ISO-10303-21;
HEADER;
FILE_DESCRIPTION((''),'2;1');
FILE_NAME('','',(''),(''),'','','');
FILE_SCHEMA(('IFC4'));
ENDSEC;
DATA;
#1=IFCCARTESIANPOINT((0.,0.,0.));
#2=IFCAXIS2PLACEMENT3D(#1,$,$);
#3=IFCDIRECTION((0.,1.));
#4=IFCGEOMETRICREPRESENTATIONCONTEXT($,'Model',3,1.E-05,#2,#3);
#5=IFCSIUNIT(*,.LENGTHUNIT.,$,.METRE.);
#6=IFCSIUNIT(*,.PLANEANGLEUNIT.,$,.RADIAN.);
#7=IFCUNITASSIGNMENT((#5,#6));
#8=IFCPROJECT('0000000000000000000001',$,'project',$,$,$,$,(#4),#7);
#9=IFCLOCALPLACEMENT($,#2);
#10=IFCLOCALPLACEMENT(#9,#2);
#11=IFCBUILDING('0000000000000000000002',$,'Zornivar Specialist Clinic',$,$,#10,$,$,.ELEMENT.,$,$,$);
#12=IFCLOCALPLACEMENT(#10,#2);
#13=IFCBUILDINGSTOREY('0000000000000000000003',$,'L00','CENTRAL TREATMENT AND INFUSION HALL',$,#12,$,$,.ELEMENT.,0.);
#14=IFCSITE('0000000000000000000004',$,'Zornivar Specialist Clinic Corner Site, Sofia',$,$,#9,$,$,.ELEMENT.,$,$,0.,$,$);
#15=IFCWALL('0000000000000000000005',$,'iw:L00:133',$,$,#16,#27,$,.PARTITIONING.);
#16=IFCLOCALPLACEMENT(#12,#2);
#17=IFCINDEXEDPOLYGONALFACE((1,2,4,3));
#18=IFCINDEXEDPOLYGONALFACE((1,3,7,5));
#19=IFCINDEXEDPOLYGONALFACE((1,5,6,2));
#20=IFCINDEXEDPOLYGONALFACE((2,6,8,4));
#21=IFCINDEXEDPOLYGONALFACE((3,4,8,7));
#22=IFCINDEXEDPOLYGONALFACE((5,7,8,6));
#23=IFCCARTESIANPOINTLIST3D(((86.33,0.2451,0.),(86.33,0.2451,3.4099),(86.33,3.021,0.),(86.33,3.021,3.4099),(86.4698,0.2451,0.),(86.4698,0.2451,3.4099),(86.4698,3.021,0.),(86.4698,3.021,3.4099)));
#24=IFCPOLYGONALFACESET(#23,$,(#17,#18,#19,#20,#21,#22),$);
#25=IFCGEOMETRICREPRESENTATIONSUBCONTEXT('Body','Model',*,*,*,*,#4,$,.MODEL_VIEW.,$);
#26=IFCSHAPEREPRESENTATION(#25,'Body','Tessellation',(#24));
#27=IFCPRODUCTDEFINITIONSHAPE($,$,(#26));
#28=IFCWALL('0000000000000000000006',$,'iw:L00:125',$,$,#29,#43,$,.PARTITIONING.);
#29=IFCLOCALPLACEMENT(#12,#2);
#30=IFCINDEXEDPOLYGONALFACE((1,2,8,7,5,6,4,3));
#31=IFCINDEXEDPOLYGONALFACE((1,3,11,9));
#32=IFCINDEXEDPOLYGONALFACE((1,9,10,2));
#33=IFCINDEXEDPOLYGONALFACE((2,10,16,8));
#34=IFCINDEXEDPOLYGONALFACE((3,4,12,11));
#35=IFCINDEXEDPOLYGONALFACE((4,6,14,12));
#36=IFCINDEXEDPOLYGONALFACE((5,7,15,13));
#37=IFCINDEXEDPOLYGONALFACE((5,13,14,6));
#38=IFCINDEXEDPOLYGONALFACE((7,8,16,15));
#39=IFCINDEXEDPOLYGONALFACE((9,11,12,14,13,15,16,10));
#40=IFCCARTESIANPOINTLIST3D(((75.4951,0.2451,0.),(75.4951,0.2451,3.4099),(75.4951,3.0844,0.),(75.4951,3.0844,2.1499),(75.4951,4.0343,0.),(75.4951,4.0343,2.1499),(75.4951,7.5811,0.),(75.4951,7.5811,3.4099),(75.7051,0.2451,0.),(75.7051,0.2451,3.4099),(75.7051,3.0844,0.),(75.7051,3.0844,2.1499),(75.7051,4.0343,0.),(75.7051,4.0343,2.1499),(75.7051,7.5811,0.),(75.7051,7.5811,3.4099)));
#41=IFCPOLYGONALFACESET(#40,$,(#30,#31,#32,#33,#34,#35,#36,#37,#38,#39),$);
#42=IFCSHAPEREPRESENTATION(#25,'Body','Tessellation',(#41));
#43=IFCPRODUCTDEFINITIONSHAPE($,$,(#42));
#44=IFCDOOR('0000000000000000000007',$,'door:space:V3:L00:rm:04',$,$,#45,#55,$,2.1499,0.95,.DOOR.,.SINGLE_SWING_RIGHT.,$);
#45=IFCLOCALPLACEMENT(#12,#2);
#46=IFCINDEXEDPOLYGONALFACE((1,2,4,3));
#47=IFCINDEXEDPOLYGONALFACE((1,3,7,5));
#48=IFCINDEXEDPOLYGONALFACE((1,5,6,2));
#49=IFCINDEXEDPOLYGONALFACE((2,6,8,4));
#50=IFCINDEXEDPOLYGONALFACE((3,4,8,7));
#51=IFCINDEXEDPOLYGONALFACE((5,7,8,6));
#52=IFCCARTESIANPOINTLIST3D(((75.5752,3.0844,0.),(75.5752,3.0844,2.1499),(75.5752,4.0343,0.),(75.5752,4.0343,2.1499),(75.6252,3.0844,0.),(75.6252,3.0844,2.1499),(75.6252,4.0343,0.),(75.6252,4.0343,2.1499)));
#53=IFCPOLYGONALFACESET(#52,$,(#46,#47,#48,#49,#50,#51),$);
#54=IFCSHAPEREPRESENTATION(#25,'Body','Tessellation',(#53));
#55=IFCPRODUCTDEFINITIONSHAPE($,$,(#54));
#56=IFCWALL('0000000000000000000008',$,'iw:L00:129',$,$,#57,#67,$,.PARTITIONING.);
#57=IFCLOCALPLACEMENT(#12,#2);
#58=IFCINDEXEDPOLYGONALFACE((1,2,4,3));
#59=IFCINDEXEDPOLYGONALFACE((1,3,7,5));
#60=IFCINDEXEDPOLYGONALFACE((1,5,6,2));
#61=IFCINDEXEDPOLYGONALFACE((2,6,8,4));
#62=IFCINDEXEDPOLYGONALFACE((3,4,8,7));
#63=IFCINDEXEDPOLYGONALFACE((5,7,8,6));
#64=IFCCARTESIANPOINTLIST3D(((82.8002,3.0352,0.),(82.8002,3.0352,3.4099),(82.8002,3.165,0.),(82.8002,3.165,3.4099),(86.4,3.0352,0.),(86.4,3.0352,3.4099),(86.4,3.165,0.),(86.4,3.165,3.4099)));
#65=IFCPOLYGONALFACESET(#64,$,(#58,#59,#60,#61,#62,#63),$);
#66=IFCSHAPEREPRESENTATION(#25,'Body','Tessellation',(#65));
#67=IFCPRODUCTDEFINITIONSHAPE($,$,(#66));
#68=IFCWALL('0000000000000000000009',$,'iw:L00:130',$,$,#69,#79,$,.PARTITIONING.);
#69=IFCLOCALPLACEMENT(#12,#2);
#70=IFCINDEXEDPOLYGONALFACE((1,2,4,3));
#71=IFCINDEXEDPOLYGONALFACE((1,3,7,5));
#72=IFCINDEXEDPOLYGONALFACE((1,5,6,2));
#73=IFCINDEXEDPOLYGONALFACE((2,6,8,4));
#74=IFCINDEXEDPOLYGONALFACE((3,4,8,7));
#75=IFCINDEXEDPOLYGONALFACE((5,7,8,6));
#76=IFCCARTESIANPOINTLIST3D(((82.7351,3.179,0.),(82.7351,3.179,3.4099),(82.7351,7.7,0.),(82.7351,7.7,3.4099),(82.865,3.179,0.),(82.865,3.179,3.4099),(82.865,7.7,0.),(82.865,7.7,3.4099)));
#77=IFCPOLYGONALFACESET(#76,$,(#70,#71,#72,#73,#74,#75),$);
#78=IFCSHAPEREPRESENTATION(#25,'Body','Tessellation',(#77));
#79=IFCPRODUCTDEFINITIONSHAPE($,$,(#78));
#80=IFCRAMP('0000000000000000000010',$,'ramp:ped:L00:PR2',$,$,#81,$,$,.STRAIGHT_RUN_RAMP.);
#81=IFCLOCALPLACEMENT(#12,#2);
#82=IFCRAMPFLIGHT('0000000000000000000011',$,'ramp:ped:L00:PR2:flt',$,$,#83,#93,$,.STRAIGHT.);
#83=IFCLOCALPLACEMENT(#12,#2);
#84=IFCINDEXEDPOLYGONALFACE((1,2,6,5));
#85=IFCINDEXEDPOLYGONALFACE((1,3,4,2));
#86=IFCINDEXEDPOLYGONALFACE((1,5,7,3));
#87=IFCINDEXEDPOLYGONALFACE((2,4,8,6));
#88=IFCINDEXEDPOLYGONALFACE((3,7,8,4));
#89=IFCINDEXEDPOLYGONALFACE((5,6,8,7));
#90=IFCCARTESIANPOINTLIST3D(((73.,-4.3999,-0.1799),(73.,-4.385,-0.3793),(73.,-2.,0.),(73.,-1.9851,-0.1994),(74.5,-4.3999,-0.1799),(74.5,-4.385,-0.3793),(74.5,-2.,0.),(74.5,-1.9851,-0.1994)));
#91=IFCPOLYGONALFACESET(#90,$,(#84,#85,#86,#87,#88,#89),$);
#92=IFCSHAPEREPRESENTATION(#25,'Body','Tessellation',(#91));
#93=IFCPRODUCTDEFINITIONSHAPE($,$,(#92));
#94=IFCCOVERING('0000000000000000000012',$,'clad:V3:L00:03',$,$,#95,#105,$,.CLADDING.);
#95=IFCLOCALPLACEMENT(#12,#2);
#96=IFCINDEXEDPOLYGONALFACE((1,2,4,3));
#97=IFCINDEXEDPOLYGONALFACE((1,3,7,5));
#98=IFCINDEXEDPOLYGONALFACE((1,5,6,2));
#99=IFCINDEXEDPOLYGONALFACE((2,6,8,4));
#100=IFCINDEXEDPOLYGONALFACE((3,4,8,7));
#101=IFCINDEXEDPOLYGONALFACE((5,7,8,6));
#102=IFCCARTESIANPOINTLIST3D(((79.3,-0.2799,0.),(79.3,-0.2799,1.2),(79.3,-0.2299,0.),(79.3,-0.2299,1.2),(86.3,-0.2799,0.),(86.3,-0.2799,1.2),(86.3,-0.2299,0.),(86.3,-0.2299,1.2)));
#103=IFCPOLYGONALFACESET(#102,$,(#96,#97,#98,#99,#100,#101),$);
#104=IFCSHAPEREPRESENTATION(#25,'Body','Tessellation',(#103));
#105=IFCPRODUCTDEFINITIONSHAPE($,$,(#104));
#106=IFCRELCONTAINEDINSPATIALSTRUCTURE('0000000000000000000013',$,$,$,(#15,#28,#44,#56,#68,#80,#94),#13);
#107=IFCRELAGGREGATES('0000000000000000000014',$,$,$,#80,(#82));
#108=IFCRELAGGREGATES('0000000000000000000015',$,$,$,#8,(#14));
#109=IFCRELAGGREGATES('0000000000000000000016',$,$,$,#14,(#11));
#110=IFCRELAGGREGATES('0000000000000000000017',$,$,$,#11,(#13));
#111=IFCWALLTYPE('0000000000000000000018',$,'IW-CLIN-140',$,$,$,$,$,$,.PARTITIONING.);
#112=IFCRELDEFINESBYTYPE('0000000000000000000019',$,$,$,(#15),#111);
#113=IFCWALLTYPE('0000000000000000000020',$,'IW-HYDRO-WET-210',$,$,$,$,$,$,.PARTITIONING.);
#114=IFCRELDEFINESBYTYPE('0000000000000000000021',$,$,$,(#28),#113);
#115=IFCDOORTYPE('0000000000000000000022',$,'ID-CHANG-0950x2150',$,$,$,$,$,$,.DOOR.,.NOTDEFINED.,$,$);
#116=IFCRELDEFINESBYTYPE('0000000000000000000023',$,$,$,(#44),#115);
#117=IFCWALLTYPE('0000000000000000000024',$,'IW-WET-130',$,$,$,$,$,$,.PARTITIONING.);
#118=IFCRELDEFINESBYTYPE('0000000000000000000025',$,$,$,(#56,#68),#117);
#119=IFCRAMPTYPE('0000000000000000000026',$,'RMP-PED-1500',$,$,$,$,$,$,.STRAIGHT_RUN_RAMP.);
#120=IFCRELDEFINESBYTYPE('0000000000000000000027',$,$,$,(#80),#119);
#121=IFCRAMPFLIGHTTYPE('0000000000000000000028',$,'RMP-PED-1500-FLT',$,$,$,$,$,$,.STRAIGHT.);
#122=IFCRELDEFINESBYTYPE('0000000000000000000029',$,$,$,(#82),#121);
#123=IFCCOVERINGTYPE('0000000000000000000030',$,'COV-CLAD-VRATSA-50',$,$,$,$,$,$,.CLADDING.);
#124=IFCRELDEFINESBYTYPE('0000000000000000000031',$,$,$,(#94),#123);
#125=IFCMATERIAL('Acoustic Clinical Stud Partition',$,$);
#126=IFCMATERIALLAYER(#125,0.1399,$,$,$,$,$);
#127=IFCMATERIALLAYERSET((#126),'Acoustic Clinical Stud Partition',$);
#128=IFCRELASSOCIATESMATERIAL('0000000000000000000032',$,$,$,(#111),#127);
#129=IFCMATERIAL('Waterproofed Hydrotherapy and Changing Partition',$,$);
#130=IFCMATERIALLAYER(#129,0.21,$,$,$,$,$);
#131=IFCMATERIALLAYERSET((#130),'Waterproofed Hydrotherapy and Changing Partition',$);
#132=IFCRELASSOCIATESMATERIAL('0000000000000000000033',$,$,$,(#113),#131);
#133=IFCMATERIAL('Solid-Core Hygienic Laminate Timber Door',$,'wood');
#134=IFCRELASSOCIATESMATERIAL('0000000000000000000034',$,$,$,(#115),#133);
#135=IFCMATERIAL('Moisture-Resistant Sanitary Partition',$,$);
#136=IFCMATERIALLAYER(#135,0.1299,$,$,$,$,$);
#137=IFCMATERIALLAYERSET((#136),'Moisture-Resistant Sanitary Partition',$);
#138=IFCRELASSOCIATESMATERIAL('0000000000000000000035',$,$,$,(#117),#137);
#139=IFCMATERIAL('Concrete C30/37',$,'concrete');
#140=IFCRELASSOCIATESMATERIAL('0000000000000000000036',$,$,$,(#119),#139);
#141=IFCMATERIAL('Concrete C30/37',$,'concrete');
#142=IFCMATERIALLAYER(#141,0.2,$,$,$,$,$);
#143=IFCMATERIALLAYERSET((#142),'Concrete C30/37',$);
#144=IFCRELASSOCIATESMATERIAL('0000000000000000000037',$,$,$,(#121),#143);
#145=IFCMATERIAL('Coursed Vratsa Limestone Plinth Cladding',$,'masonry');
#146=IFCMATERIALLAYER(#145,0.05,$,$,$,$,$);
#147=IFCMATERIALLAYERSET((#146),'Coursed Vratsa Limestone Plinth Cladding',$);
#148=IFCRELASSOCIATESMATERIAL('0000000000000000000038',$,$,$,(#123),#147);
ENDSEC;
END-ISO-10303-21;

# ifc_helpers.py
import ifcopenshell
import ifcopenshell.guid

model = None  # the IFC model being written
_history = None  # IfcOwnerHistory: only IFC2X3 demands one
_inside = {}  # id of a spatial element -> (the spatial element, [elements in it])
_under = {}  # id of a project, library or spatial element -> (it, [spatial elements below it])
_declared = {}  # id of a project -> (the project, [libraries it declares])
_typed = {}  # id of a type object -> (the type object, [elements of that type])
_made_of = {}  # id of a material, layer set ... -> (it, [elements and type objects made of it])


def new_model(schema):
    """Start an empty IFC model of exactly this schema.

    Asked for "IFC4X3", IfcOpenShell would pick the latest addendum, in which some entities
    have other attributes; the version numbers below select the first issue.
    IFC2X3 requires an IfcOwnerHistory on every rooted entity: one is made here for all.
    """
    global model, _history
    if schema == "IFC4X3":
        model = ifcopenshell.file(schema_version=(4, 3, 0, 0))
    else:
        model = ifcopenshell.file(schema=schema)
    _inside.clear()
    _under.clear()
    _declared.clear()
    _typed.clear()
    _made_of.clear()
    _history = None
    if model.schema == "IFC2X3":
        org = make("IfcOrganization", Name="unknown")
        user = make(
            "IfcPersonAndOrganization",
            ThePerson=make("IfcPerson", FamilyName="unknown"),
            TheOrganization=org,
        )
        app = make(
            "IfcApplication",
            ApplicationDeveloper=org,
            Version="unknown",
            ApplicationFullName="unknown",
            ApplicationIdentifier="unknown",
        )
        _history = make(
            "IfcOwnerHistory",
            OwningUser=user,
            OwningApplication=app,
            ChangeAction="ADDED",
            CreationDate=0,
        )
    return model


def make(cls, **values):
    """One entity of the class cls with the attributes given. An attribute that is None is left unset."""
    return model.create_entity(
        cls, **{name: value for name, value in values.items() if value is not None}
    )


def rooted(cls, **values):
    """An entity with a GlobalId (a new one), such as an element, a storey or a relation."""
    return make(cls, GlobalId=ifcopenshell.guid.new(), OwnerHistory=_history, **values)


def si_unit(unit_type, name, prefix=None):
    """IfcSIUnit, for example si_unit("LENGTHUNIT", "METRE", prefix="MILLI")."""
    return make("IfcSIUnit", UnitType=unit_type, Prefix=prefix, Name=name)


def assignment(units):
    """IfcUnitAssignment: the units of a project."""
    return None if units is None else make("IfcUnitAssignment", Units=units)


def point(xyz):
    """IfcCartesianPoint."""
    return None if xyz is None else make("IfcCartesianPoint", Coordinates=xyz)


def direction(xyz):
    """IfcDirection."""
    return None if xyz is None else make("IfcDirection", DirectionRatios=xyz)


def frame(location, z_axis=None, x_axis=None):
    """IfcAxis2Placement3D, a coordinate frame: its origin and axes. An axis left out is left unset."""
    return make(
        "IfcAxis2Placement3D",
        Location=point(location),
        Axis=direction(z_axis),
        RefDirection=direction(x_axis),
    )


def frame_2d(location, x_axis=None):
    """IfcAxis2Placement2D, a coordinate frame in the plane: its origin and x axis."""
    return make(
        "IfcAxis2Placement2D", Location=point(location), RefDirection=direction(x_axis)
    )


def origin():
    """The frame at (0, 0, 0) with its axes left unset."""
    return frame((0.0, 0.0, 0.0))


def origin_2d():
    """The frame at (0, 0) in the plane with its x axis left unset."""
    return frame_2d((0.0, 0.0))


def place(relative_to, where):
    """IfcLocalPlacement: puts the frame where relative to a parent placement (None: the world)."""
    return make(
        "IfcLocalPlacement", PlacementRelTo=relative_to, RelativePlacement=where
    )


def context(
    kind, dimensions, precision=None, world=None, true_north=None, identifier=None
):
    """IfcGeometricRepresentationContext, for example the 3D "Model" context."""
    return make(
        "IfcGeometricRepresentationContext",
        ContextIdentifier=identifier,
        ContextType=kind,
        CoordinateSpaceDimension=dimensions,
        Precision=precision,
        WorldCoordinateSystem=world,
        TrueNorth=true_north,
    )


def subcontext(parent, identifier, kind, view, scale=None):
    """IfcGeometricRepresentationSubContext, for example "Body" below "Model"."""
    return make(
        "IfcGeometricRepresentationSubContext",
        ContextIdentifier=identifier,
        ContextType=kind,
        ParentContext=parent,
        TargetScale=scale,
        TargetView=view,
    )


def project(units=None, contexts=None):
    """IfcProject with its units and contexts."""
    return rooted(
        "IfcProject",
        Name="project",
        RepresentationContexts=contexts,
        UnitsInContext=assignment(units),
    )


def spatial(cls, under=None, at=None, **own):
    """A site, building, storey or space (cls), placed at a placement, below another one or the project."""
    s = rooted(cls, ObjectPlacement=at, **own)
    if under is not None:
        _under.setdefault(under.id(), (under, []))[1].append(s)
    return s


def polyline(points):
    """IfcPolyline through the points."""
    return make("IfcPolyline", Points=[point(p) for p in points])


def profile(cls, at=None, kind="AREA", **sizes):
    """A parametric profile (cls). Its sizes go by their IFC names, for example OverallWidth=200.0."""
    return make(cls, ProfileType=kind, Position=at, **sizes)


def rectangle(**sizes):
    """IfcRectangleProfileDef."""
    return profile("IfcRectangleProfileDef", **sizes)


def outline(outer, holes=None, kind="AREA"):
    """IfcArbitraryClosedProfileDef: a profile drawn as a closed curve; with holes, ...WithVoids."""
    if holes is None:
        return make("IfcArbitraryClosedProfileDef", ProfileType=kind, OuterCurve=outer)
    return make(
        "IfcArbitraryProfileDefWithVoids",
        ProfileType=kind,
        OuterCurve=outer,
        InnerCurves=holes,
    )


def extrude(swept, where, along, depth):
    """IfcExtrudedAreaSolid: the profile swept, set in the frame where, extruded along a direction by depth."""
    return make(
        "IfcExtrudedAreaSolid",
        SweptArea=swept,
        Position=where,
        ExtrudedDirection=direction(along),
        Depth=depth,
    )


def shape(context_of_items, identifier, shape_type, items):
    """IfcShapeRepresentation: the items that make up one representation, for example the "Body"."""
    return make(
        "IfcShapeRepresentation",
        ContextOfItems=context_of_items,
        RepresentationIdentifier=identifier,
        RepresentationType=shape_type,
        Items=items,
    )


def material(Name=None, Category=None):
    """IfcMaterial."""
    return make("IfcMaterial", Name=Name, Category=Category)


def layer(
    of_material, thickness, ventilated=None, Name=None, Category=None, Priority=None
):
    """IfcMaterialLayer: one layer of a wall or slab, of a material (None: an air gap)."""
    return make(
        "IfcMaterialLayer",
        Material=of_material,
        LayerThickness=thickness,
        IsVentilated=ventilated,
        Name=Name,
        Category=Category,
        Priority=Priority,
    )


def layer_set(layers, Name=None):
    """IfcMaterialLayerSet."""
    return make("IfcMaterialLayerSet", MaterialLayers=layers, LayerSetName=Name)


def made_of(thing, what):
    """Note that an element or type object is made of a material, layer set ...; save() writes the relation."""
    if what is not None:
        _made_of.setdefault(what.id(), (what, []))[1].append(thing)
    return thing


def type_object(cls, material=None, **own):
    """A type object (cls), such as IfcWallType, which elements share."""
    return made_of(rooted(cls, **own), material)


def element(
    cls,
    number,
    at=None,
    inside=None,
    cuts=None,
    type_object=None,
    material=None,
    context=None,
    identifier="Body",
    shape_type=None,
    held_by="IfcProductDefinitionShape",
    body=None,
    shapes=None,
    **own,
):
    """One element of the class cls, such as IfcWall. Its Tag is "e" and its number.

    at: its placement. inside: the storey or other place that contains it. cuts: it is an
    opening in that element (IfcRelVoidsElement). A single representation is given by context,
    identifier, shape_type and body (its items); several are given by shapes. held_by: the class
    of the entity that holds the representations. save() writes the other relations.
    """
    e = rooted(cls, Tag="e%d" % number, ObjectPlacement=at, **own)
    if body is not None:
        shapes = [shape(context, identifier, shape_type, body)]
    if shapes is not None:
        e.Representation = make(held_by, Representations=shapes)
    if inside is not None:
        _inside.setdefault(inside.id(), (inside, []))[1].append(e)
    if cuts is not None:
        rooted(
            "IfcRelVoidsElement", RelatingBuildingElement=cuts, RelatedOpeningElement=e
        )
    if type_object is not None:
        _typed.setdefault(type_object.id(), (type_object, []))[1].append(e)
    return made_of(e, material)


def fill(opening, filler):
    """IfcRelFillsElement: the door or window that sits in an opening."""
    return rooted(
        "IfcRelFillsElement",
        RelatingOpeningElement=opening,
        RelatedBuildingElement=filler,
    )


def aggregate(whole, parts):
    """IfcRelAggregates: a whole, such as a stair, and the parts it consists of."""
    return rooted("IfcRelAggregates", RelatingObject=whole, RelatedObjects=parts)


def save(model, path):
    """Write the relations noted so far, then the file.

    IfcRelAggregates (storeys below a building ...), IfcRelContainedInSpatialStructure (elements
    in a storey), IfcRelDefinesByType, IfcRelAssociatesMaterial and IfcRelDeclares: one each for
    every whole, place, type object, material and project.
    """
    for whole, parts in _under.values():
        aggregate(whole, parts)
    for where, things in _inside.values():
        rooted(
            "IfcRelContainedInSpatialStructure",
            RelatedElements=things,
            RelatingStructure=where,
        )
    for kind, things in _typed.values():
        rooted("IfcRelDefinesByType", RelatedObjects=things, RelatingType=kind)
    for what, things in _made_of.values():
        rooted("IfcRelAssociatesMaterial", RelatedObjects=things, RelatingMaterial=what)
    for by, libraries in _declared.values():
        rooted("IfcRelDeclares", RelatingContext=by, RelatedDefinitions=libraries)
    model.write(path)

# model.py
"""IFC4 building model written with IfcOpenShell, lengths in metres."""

from ifc_helpers import new_model, si_unit, direction, frame, frame_2d, origin, origin_2d, place, context, subcontext, project, spatial, polyline, rectangle, outline, extrude, material, layer, layer_set, type_object, element, fill, aggregate, save


model = new_model("IFC4")

# Units and contexts
model_context = context("Model", 3, precision=1e-05, world=origin(), true_north=direction((0.0, 1.0)))
body_context = subcontext(model_context, "Body", "Model", "MODEL_VIEW")
ifc_project = project(units=[si_unit("LENGTHUNIT", "METRE"), si_unit("PLANEANGLEUNIT", "RADIAN")], contexts=[model_context])

# Site, building, storey
site_placement = place(None, origin())
site = spatial("IfcSite", under=ifc_project, at=site_placement, Name="Zornivar Specialist Clinic Corner Site, Sofia", CompositionType="ELEMENT", RefElevation=0.0)
building_placement = place(site_placement, origin())
building = spatial("IfcBuilding", under=site, at=building_placement, Name="Zornivar Specialist Clinic", CompositionType="ELEMENT")
storey_placement = place(building_placement, origin())
storey = spatial("IfcBuildingStorey", under=building, at=storey_placement, Name="L00", Description="CENTRAL TREATMENT AND INFUSION HALL", CompositionType="ELEMENT", Elevation=0.0)

# Wall
ifc_material_1 = material(Name="Acoustic Clinical Stud Partition")
ifc_layer_1 = layer(ifc_material_1, 0.1399)
ifc_layer_set_1 = layer_set([ifc_layer_1], Name="Acoustic Clinical Stud Partition")
wall_type_1 = type_object("IfcWallType", Name="IW-CLIN-140", PredefinedType="PARTITIONING", material=ifc_layer_set_1)
wall_1_placement = place(storey_placement, frame((86.3999, 3.021, 0.0), z_axis=(0.0, 0.0, 1.0), x_axis=(0.0, -1.0, 0.0)))
element("IfcWall", 1, at=wall_1_placement, inside=storey, type_object=wall_type_1, Name="iw:L00:133", PredefinedType="PARTITIONING", context=body_context, shape_type="SweptSolid", body=[
    extrude(rectangle(XDim=2.7759, YDim=0.1399, at=frame_2d((1.3879, 0.0))), origin(), (0.0, 0.0, 1.0), 3.4099),
])

# Wall, opening, door
ifc_material_2 = material(Name="Waterproofed Hydrotherapy and Changing Partition")
ifc_layer_2 = layer(ifc_material_2, 0.21)
ifc_layer_set_2 = layer_set([ifc_layer_2], Name="Waterproofed Hydrotherapy and Changing Partition")
wall_type_2 = type_object("IfcWallType", Name="IW-HYDRO-WET-210", PredefinedType="PARTITIONING", material=ifc_layer_set_2)
wall_2_placement = place(storey_placement, frame((75.6001, 0.2451, 0.0), z_axis=(0.0, 0.0, 1.0), x_axis=(0.0, 1.0, 0.0)))
wall_2 = element("IfcWall", 2, at=wall_2_placement, inside=storey, type_object=wall_type_2, Name="iw:L00:125", PredefinedType="PARTITIONING", context=body_context, shape_type="SweptSolid", body=[
    extrude(rectangle(XDim=7.3359, YDim=0.21, at=frame_2d((3.668, 0.0))), origin(), (0.0, 0.0, 1.0), 3.4099),
])
opening_1_placement = place(wall_2_placement, frame((2.8391, 0.0, 0.0)))
opening_1 = element("IfcOpeningElement", 3, at=opening_1_placement, cuts=wall_2, PredefinedType="OPENING", context=body_context, shape_type="SweptSolid", body=[
    extrude(rectangle(XDim=0.95, YDim=2.1499, at=frame_2d((0.4751, 1.075))), frame((0.0, 0.115, 0.0), z_axis=(0.0, -1.0, 0.0), x_axis=(1.0, 0.0, 0.0)), (0.0, 0.0, 1.0), 0.23),
])
ifc_material_3 = material(Name="Solid-Core Hygienic Laminate Timber Door", Category="wood")
door_type = type_object("IfcDoorType", Name="ID-CHANG-0950x2150", OperationType="NOTDEFINED", PredefinedType="DOOR", material=ifc_material_3)
door_placement = place(opening_1_placement, origin())
door = element("IfcDoor", 4, at=door_placement, inside=storey, type_object=door_type, Name="door:space:V3:L00:rm:04", OperationType="SINGLE_SWING_RIGHT", OverallHeight=2.1499, OverallWidth=0.95, PredefinedType="DOOR", context=body_context, shape_type="SweptSolid", body=[
    extrude(rectangle(XDim=0.95, YDim=2.1499, at=frame_2d((0.4751, 1.075))), frame((0.0, 0.0249, 0.0), z_axis=(0.0, -1.0, 0.0), x_axis=(1.0, 0.0, 0.0)), (0.0, 0.0, 1.0), 0.05),
])
fill(opening_1, door)

# Walls
ifc_material_4 = material(Name="Moisture-Resistant Sanitary Partition")
ifc_layer_3 = layer(ifc_material_4, 0.1299)
ifc_layer_set_3 = layer_set([ifc_layer_3], Name="Moisture-Resistant Sanitary Partition")
wall_type_3 = type_object("IfcWallType", Name="IW-WET-130", PredefinedType="PARTITIONING", material=ifc_layer_set_3)
wall_3_placement = place(storey_placement, frame((86.3999, 3.1001, 0.0), z_axis=(0.0, 0.0, 1.0), x_axis=(-1.0, 0.0, 0.0)))
element("IfcWall", 5, at=wall_3_placement, inside=storey, type_object=wall_type_3, Name="iw:L00:129", PredefinedType="PARTITIONING", context=body_context, shape_type="SweptSolid", body=[
    extrude(rectangle(XDim=3.5999, YDim=0.1299, at=frame_2d((1.7998, 0.0))), origin(), (0.0, 0.0, 1.0), 3.4099),
])
wall_4_placement = place(storey_placement, frame((82.8, 3.179, 0.0), z_axis=(0.0, 0.0, 1.0), x_axis=(0.0, 1.0, 0.0)))
element("IfcWall", 6, at=wall_4_placement, inside=storey, type_object=wall_type_3, Name="iw:L00:130", PredefinedType="PARTITIONING", context=body_context, shape_type="SweptSolid", body=[
    extrude(rectangle(XDim=4.521, YDim=0.1299, at=frame_2d((2.2605, 0.0))), origin(), (0.0, 0.0, 1.0), 3.4099),
])

# Ramp, ramp flight
ifc_material_5 = material(Name="Concrete C30/37", Category="concrete")
ramp_type = type_object("IfcRampType", Name="RMP-PED-1500", PredefinedType="STRAIGHT_RUN_RAMP", material=ifc_material_5)
ramp_placement = place(storey_placement, origin())
ramp = element("IfcRamp", 7, at=ramp_placement, inside=storey, type_object=ramp_type, Name="ramp:ped:L00:PR2", PredefinedType="STRAIGHT_RUN_RAMP")
ifc_material_6 = material(Name="Concrete C30/37", Category="concrete")
ifc_layer_4 = layer(ifc_material_6, 0.2)
ifc_layer_set_4 = layer_set([ifc_layer_4], Name="Concrete C30/37")
ramp_flight_type = type_object("IfcRampFlightType", Name="RMP-PED-1500-FLT", PredefinedType="STRAIGHT", material=ifc_layer_set_4)
ramp_flight_placement = place(storey_placement, frame((73.0, -4.3999, -0.1799), z_axis=(0.0, -0.074765, 0.997201), x_axis=(1.0, 0.0, 0.0)))
ramp_flight = element("IfcRampFlight", 8, at=ramp_flight_placement, type_object=ramp_flight_type, Name="ramp:ped:L00:PR2:flt", PredefinedType="STRAIGHT", context=body_context, shape_type="SweptSolid", body=[
    extrude(outline(polyline([(0.0, 0.0), (1.5, 0.0), (1.5, 2.4066), (0.0, 2.4066), (0.0, 0.0)])), origin(), (0.0, 0.0, -1.0), 0.2),
])
aggregate(ramp, [ramp_flight])

# Covering
ifc_material_7 = material(Name="Coursed Vratsa Limestone Plinth Cladding", Category="masonry")
ifc_layer_5 = layer(ifc_material_7, 0.05)
ifc_layer_set_5 = layer_set([ifc_layer_5], Name="Coursed Vratsa Limestone Plinth Cladding")
covering_type = type_object("IfcCoveringType", Name="COV-CLAD-VRATSA-50", PredefinedType="CLADDING", material=ifc_layer_set_5)
covering_placement = place(storey_placement, frame((82.8, -0.2549, 0.0), z_axis=(0.0, 0.0, 1.0), x_axis=(1.0, 0.0, 0.0)))
element("IfcCovering", 9, at=covering_placement, inside=storey, type_object=covering_type, Name="clad:V3:L00:03", PredefinedType="CLADDING", context=body_context, shape_type="SweptSolid", body=[
    extrude(rectangle(XDim=7.0, YDim=0.05, at=origin_2d()), origin(), (0.0, 0.0, 1.0), 1.2),
])

save(model, "model.ifc")
